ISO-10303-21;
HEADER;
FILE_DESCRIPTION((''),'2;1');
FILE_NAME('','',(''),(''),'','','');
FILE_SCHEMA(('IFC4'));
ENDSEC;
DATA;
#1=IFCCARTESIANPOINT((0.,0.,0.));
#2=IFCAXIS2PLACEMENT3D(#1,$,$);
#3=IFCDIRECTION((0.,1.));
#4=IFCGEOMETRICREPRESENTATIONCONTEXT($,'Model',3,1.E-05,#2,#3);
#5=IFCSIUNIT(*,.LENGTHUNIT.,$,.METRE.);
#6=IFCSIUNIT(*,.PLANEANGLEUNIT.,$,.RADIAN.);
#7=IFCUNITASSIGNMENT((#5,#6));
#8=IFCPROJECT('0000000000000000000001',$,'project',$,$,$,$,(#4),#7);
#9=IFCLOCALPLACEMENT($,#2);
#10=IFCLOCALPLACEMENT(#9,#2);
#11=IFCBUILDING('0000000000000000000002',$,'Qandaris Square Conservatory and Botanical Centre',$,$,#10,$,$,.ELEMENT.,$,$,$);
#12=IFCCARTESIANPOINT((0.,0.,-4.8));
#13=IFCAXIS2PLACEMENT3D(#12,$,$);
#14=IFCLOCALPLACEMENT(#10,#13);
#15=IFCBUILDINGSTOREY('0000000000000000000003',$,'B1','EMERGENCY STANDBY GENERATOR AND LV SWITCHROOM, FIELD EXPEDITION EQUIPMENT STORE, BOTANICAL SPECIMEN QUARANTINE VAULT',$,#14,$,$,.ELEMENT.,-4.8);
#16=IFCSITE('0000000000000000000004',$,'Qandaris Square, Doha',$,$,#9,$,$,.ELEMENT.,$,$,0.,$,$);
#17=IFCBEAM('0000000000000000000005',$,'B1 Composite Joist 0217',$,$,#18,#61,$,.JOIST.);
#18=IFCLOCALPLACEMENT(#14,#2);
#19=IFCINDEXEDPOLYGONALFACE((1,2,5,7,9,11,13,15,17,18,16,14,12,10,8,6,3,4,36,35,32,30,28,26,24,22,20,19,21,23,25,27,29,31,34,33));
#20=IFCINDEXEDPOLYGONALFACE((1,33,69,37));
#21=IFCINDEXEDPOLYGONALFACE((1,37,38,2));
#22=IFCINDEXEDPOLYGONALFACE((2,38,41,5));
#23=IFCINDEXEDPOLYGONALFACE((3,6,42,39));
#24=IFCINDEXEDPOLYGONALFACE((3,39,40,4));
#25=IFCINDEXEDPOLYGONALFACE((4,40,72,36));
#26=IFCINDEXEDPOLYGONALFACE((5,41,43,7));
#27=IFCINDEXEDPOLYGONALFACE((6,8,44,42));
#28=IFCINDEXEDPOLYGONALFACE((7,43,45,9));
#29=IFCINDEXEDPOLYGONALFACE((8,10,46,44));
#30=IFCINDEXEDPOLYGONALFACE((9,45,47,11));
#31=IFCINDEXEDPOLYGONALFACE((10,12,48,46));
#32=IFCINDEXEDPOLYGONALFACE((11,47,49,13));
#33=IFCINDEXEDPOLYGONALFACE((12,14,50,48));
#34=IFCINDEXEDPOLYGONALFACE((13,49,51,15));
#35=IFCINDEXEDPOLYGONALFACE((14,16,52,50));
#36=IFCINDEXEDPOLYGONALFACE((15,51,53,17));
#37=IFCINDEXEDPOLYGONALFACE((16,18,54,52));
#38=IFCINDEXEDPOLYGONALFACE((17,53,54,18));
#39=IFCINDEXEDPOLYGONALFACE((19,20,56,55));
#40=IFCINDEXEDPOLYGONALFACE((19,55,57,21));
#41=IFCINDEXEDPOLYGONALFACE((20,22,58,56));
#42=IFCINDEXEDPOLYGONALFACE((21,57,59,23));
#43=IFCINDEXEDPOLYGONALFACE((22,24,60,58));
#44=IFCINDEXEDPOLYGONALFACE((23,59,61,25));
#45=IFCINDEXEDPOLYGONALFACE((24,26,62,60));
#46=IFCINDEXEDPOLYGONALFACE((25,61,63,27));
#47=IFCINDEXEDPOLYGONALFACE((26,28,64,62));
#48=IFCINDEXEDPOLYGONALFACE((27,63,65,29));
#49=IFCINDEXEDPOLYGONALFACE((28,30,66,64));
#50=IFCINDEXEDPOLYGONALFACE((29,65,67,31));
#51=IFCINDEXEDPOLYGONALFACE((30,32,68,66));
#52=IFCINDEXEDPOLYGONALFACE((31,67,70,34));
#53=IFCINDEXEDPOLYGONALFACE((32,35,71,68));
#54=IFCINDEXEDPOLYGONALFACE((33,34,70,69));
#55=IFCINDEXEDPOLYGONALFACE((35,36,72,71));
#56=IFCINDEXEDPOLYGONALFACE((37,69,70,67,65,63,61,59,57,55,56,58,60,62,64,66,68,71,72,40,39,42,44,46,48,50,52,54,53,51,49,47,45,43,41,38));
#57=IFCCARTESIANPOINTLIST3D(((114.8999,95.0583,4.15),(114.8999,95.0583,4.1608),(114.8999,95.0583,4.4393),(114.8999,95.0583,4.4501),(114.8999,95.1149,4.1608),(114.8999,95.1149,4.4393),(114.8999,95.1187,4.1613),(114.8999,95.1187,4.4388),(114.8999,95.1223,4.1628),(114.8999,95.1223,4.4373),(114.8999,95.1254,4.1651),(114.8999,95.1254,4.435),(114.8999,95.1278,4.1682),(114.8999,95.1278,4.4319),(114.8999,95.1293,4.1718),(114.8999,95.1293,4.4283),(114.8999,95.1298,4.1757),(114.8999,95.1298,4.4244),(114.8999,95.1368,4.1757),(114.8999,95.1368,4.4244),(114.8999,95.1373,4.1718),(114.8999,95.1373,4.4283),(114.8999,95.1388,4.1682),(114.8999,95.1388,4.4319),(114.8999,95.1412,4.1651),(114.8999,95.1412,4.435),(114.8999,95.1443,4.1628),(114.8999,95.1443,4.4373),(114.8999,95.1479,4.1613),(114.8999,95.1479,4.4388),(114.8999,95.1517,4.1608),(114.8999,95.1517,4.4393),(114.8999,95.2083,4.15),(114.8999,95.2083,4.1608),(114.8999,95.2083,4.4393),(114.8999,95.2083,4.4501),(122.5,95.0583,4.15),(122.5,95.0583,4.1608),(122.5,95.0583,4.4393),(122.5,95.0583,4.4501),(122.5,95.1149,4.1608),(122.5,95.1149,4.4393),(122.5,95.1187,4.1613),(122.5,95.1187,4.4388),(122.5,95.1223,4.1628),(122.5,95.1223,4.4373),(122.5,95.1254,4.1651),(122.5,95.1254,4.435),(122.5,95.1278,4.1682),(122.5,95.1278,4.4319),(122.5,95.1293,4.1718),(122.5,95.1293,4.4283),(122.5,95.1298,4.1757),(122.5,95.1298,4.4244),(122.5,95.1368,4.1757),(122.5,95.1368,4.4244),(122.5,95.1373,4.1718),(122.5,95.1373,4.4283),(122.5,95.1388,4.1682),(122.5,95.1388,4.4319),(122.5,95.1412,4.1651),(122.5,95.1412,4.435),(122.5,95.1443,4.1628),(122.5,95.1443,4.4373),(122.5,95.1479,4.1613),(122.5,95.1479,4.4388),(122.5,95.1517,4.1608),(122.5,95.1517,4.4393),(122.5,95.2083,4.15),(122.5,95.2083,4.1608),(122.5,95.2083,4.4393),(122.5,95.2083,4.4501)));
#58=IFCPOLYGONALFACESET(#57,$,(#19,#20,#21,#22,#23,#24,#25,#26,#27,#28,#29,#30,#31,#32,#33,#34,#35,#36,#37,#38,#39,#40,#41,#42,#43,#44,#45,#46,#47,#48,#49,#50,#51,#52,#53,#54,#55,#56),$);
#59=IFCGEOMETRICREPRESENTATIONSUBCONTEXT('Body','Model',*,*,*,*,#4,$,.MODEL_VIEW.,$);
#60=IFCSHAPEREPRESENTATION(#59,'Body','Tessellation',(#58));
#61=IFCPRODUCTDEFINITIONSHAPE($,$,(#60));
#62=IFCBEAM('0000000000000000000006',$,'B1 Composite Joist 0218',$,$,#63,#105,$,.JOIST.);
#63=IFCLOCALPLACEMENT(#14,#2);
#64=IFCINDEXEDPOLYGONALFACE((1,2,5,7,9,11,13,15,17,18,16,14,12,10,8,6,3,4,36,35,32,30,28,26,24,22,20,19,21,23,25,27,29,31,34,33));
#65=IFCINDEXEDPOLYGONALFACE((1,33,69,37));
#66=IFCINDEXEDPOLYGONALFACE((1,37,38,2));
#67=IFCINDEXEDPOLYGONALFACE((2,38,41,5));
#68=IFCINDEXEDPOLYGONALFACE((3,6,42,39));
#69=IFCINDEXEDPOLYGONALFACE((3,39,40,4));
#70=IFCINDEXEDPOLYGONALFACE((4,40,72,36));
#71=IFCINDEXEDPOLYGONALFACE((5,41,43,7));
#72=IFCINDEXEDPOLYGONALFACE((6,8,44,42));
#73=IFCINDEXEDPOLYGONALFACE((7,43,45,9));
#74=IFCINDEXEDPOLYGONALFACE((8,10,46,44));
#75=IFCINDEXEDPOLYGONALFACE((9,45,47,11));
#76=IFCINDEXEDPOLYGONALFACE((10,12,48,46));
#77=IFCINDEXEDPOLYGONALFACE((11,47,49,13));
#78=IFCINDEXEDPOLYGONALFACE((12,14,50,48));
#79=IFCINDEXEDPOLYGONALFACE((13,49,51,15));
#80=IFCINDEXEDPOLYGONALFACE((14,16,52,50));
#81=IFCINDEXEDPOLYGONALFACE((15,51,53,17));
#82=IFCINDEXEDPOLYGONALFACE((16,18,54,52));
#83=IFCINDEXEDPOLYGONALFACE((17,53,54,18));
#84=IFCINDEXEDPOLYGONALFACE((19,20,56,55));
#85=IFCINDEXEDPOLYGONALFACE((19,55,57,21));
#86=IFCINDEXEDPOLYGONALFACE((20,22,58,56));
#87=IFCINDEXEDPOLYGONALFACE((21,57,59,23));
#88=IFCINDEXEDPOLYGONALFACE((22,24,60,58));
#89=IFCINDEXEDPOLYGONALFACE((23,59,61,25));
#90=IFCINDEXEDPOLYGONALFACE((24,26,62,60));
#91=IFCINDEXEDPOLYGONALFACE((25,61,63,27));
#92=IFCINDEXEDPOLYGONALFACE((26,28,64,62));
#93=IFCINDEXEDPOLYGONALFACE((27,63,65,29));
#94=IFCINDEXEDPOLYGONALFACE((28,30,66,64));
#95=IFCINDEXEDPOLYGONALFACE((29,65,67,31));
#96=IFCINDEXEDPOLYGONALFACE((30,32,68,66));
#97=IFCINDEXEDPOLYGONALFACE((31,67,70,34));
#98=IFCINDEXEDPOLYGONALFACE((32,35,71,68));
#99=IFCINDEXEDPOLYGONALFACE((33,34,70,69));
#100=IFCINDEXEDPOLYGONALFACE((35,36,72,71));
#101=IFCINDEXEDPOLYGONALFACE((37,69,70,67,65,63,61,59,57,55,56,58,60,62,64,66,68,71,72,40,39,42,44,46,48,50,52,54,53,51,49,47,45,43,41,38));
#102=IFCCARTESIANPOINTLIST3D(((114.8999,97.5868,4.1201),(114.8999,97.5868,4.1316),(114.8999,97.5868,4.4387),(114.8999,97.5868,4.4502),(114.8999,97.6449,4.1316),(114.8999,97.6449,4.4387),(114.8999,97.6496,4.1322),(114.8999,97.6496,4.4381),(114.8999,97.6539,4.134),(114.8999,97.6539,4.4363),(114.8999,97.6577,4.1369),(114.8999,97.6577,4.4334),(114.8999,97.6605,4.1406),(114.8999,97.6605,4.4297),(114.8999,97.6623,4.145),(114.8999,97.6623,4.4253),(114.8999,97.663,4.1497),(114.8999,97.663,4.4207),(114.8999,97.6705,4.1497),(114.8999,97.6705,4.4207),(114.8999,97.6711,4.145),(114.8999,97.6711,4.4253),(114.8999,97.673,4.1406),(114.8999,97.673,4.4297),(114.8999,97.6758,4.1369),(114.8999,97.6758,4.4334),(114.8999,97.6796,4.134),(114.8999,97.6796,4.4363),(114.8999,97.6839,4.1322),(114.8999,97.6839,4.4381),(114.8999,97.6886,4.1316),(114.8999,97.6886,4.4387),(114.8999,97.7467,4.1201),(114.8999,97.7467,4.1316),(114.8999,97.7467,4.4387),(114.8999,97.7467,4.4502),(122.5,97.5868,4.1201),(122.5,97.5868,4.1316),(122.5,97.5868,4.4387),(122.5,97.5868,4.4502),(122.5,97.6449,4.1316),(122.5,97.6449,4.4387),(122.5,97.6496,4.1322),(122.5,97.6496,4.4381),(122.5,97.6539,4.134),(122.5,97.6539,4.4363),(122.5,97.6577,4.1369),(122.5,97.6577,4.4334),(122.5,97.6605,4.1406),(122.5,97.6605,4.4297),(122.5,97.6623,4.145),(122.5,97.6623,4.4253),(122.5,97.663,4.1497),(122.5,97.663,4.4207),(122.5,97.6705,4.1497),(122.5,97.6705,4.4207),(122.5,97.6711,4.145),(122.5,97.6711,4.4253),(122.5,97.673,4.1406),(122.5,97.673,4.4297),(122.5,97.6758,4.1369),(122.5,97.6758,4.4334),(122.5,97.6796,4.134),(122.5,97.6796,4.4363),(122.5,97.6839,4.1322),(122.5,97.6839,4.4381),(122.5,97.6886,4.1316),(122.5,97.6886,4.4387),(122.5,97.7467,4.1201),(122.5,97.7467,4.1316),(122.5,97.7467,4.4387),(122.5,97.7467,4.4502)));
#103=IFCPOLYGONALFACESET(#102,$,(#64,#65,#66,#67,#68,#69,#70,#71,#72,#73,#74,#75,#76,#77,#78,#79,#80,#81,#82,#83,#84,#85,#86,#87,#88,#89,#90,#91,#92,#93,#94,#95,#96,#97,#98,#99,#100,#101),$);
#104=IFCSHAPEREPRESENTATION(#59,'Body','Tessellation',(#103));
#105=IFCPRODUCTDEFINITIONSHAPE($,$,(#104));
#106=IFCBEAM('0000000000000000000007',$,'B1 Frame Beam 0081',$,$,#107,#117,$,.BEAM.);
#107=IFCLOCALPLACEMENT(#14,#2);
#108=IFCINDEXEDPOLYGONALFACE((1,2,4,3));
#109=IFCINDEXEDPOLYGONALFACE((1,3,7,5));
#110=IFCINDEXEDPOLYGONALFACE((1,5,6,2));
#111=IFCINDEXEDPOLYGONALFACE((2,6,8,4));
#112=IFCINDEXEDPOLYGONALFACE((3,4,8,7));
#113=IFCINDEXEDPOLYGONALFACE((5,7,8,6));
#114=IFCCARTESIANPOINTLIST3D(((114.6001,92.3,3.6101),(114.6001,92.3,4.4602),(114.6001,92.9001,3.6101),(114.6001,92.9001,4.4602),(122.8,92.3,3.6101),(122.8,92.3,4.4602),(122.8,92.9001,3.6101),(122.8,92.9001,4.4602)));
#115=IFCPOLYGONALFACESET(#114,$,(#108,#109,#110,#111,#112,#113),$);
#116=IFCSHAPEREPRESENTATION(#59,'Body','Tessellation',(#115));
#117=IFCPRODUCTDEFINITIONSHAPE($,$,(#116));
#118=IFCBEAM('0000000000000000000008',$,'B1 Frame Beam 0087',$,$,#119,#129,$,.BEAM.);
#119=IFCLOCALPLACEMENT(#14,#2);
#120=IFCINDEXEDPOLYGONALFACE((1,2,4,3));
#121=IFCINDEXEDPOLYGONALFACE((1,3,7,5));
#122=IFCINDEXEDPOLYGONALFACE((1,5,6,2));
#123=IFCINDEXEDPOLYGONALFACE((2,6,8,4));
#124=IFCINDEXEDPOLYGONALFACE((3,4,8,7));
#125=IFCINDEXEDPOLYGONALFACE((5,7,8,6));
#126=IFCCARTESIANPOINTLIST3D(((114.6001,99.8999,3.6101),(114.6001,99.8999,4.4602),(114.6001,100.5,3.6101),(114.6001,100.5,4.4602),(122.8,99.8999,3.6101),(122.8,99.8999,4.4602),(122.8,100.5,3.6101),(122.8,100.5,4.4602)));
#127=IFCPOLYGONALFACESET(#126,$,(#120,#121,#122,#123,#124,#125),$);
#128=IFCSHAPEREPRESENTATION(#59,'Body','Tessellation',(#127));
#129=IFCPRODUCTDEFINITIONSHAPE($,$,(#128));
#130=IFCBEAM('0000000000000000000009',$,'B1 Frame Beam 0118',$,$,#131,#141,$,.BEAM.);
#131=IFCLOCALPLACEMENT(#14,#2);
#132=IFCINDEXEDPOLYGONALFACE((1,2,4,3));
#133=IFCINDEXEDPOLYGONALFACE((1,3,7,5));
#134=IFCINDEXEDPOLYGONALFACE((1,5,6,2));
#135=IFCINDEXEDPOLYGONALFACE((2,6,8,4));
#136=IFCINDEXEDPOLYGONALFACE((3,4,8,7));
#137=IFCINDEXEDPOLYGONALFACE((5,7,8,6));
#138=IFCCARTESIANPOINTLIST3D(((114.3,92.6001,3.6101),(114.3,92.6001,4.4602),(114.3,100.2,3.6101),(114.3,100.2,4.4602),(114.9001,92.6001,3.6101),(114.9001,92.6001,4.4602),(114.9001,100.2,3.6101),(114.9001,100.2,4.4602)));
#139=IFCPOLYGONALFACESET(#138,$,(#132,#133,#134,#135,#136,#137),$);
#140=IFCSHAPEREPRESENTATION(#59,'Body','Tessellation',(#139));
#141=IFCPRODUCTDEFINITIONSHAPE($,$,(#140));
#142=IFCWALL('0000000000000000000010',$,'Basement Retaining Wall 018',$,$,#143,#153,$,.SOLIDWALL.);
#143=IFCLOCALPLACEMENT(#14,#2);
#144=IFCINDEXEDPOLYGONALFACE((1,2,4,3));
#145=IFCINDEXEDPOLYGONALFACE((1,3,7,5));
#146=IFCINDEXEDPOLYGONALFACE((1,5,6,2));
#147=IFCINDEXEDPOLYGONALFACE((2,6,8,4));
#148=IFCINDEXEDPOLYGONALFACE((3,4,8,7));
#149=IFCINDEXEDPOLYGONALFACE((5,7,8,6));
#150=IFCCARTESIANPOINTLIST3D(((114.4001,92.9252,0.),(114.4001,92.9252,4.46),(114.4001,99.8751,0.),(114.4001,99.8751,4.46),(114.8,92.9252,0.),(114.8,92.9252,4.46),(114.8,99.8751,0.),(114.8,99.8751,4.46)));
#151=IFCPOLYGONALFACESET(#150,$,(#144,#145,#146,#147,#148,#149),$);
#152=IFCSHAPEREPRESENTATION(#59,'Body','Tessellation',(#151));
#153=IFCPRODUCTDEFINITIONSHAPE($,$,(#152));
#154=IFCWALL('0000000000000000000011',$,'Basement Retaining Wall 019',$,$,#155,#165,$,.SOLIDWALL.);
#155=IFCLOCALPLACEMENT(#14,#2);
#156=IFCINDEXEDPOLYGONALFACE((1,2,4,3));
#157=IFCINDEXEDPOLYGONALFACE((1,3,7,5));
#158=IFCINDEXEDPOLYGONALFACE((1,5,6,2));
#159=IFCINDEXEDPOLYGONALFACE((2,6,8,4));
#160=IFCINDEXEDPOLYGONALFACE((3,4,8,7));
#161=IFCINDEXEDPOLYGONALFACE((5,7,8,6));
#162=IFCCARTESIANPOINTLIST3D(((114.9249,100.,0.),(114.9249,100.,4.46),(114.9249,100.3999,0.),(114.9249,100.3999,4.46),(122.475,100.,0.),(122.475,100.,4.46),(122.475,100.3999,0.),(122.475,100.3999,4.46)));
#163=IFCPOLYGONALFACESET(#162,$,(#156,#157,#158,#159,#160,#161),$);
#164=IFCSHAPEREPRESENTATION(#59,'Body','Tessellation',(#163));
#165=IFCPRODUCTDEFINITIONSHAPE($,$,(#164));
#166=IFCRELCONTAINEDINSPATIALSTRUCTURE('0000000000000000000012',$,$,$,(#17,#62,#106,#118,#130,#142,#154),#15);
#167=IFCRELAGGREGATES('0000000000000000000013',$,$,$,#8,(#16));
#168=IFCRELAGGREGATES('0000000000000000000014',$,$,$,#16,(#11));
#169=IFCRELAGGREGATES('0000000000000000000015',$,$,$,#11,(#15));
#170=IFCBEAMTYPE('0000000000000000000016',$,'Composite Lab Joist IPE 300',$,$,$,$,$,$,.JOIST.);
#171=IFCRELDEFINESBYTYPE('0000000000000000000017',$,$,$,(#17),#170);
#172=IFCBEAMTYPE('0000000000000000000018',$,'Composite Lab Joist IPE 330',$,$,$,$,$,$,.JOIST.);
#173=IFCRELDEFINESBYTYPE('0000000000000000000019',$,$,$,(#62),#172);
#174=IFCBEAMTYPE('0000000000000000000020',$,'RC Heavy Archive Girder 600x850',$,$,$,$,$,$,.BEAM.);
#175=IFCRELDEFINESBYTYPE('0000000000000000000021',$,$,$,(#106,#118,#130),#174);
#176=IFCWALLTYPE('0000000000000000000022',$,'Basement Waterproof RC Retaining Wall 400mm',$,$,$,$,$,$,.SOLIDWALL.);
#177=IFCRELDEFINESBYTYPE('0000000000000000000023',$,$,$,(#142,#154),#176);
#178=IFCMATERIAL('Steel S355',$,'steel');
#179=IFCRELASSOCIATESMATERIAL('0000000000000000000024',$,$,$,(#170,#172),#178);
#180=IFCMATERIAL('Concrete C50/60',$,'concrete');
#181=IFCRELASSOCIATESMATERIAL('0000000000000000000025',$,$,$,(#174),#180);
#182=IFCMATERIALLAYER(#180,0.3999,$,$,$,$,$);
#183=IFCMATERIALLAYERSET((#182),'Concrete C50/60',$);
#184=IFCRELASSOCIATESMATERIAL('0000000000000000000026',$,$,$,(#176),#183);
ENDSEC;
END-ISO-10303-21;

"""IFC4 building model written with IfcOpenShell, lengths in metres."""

from ifc_helpers import new_model, si_unit, direction, frame, frame_2d, origin, origin_2d, place, context, subcontext, project, spatial, rectangle, i_section, extrude, material, layer, layer_set, material_profile, profile_set, type_object, element, save


model = new_model("IFC4")

# Units and contexts
model_context = context("Model", 3, precision=1e-05, world=origin(), true_north=direction((0.0, 1.0)))
body_context = subcontext(model_context, "Body", "Model", "MODEL_VIEW")
ifc_project = project(units=[si_unit("LENGTHUNIT", "METRE"), si_unit("PLANEANGLEUNIT", "RADIAN")], contexts=[model_context])

# Site, building, storey
site_placement = place(None, origin())
site = spatial("IfcSite", under=ifc_project, at=site_placement, Name="Qandaris Square, Doha", CompositionType="ELEMENT", RefElevation=0.0)
building_placement = place(site_placement, origin())
building = spatial("IfcBuilding", under=site, at=building_placement, Name="Qandaris Square Conservatory and Botanical Centre", CompositionType="ELEMENT")
storey_placement = place(building_placement, frame((0.0, 0.0, -4.8)))
storey = spatial("IfcBuildingStorey", under=building, at=storey_placement, Name="B1", Description="EMERGENCY STANDBY GENERATOR AND LV SWITCHROOM, FIELD EXPEDITION EQUIPMENT STORE, BOTANICAL SPECIMEN QUARANTINE VAULT", CompositionType="ELEMENT", Elevation=-4.8)

# Shared definitions
ifc_material_1 = material(Name="Concrete C50/60", Category="concrete")

# Beams
ifc_material_2 = material(Name="Steel S355", Category="steel")
ifc_material_profile_1 = material_profile(ifc_material_2, i_section(OverallWidth=0.1499, OverallDepth=0.3, WebThickness=0.0071, FlangeThickness=0.0107, FilletRadius=0.0149, at=origin_2d()), Name="IPE 300")
ifc_profile_set_1 = profile_set([ifc_material_profile_1], Name="Steel S355")
beam_type_1 = type_object("IfcBeamType", Name="Composite Lab Joist IPE 300", PredefinedType="JOIST", material=ifc_profile_set_1)
beam_1_placement = place(storey_placement, frame((114.8999, 95.1333, 4.3), z_axis=(1.0, 0.0, 0.0), x_axis=(0.0, 1.0, 0.0)))
element("IfcBeam", 1, at=beam_1_placement, inside=storey, type_object=beam_type_1, Name="B1 Composite Joist 0217", PredefinedType="JOIST", context=body_context, shape_type="SweptSolid", body=[
    extrude(i_section(OverallWidth=0.1499, OverallDepth=0.3, WebThickness=0.0071, FlangeThickness=0.0107, FilletRadius=0.0149, at=origin_2d()), origin(), (0.0, 0.0, 1.0), 7.6001),
])
ifc_material_profile_2 = material_profile(ifc_material_2, i_section(OverallWidth=0.1599, OverallDepth=0.3301, WebThickness=0.0076, FlangeThickness=0.0115, FilletRadius=0.0181, at=origin_2d()), Name="IPE 330")
ifc_profile_set_2 = profile_set([ifc_material_profile_2], Name="Steel S355")
beam_type_2 = type_object("IfcBeamType", Name="Composite Lab Joist IPE 330", PredefinedType="JOIST", material=ifc_profile_set_2)
beam_2_placement = place(storey_placement, frame((114.8999, 97.6667, 4.2852), z_axis=(1.0, 0.0, 0.0), x_axis=(0.0, 1.0, 0.0)))
element("IfcBeam", 2, at=beam_2_placement, inside=storey, type_object=beam_type_2, Name="B1 Composite Joist 0218", PredefinedType="JOIST", context=body_context, shape_type="SweptSolid", body=[
    extrude(i_section(OverallWidth=0.1599, OverallDepth=0.3301, WebThickness=0.0076, FlangeThickness=0.0115, FilletRadius=0.0181, at=origin_2d()), origin(), (0.0, 0.0, 1.0), 7.6001),
])
ifc_material_profile_3 = material_profile(ifc_material_1, rectangle(XDim=0.6001, YDim=0.8501, at=origin_2d()), Name="RC-BM 600x850")
ifc_profile_set_3 = profile_set([ifc_material_profile_3], Name="Concrete C50/60")
beam_type_3 = type_object("IfcBeamType", Name="RC Heavy Archive Girder 600x850", PredefinedType="BEAM", material=ifc_profile_set_3)
for number, where, z_axis, x_axis, name in (
    (3, (114.6001, 92.6001, 4.0352), (1.0, 0.0, 0.0), (0.0, 1.0, 0.0), "B1 Frame Beam 0081"),
    (4, (114.6001, 100.2, 4.0352), (1.0, 0.0, 0.0), (0.0, 1.0, 0.0), "B1 Frame Beam 0087"),
):
    element("IfcBeam", number, at=place(storey_placement, frame(where, z_axis=z_axis, x_axis=x_axis)), inside=storey, type_object=beam_type_3, Name=name, PredefinedType="BEAM", context=body_context, shape_type="SweptSolid", body=[
        extrude(rectangle(XDim=0.6001, YDim=0.8501, at=origin_2d()), origin(), (0.0, 0.0, 1.0), 8.2),
    ])
beam_3_placement = place(storey_placement, frame((114.6001, 92.6001, 4.0352), z_axis=(0.0, 1.0, 0.0), x_axis=(-1.0, 0.0, 0.0)))
element("IfcBeam", 5, at=beam_3_placement, inside=storey, type_object=beam_type_3, Name="B1 Frame Beam 0118", PredefinedType="BEAM", context=body_context, shape_type="SweptSolid", body=[
    extrude(rectangle(XDim=0.6001, YDim=0.8501, at=origin_2d()), origin(), (0.0, 0.0, 1.0), 7.5999),
])

# Walls
ifc_layer = layer(ifc_material_1, 0.3999)
ifc_layer_set = layer_set([ifc_layer], Name="Concrete C50/60")
wall_type = type_object("IfcWallType", Name="Basement Waterproof RC Retaining Wall 400mm", PredefinedType="SOLIDWALL", material=ifc_layer_set)
wall_1_placement = place(storey_placement, frame((114.6001, 92.925, 0.0), z_axis=(0.0, 0.0, 1.0), x_axis=(0.0, 1.0, 0.0)))
element("IfcWall", 6, at=wall_1_placement, inside=storey, type_object=wall_type, Name="Basement Retaining Wall 018", PredefinedType="SOLIDWALL", context=body_context, shape_type="SweptSolid", body=[
    extrude(rectangle(XDim=6.95, YDim=0.3999, at=frame_2d((3.4751, 0.0))), origin(), (0.0, 0.0, 1.0), 4.46),
])
wall_2_placement = place(storey_placement, frame((114.925, 100.2, 0.0), z_axis=(0.0, 0.0, 1.0), x_axis=(1.0, 0.0, 0.0)))
element("IfcWall", 7, at=wall_2_placement, inside=storey, type_object=wall_type, Name="Basement Retaining Wall 019", PredefinedType="SOLIDWALL", context=body_context, shape_type="SweptSolid", body=[
    extrude(rectangle(XDim=7.55, YDim=0.3999, at=frame_2d((3.7749, 0.0))), origin(), (0.0, 0.0, 1.0), 4.46),
])

save(model, "model.ifc")
